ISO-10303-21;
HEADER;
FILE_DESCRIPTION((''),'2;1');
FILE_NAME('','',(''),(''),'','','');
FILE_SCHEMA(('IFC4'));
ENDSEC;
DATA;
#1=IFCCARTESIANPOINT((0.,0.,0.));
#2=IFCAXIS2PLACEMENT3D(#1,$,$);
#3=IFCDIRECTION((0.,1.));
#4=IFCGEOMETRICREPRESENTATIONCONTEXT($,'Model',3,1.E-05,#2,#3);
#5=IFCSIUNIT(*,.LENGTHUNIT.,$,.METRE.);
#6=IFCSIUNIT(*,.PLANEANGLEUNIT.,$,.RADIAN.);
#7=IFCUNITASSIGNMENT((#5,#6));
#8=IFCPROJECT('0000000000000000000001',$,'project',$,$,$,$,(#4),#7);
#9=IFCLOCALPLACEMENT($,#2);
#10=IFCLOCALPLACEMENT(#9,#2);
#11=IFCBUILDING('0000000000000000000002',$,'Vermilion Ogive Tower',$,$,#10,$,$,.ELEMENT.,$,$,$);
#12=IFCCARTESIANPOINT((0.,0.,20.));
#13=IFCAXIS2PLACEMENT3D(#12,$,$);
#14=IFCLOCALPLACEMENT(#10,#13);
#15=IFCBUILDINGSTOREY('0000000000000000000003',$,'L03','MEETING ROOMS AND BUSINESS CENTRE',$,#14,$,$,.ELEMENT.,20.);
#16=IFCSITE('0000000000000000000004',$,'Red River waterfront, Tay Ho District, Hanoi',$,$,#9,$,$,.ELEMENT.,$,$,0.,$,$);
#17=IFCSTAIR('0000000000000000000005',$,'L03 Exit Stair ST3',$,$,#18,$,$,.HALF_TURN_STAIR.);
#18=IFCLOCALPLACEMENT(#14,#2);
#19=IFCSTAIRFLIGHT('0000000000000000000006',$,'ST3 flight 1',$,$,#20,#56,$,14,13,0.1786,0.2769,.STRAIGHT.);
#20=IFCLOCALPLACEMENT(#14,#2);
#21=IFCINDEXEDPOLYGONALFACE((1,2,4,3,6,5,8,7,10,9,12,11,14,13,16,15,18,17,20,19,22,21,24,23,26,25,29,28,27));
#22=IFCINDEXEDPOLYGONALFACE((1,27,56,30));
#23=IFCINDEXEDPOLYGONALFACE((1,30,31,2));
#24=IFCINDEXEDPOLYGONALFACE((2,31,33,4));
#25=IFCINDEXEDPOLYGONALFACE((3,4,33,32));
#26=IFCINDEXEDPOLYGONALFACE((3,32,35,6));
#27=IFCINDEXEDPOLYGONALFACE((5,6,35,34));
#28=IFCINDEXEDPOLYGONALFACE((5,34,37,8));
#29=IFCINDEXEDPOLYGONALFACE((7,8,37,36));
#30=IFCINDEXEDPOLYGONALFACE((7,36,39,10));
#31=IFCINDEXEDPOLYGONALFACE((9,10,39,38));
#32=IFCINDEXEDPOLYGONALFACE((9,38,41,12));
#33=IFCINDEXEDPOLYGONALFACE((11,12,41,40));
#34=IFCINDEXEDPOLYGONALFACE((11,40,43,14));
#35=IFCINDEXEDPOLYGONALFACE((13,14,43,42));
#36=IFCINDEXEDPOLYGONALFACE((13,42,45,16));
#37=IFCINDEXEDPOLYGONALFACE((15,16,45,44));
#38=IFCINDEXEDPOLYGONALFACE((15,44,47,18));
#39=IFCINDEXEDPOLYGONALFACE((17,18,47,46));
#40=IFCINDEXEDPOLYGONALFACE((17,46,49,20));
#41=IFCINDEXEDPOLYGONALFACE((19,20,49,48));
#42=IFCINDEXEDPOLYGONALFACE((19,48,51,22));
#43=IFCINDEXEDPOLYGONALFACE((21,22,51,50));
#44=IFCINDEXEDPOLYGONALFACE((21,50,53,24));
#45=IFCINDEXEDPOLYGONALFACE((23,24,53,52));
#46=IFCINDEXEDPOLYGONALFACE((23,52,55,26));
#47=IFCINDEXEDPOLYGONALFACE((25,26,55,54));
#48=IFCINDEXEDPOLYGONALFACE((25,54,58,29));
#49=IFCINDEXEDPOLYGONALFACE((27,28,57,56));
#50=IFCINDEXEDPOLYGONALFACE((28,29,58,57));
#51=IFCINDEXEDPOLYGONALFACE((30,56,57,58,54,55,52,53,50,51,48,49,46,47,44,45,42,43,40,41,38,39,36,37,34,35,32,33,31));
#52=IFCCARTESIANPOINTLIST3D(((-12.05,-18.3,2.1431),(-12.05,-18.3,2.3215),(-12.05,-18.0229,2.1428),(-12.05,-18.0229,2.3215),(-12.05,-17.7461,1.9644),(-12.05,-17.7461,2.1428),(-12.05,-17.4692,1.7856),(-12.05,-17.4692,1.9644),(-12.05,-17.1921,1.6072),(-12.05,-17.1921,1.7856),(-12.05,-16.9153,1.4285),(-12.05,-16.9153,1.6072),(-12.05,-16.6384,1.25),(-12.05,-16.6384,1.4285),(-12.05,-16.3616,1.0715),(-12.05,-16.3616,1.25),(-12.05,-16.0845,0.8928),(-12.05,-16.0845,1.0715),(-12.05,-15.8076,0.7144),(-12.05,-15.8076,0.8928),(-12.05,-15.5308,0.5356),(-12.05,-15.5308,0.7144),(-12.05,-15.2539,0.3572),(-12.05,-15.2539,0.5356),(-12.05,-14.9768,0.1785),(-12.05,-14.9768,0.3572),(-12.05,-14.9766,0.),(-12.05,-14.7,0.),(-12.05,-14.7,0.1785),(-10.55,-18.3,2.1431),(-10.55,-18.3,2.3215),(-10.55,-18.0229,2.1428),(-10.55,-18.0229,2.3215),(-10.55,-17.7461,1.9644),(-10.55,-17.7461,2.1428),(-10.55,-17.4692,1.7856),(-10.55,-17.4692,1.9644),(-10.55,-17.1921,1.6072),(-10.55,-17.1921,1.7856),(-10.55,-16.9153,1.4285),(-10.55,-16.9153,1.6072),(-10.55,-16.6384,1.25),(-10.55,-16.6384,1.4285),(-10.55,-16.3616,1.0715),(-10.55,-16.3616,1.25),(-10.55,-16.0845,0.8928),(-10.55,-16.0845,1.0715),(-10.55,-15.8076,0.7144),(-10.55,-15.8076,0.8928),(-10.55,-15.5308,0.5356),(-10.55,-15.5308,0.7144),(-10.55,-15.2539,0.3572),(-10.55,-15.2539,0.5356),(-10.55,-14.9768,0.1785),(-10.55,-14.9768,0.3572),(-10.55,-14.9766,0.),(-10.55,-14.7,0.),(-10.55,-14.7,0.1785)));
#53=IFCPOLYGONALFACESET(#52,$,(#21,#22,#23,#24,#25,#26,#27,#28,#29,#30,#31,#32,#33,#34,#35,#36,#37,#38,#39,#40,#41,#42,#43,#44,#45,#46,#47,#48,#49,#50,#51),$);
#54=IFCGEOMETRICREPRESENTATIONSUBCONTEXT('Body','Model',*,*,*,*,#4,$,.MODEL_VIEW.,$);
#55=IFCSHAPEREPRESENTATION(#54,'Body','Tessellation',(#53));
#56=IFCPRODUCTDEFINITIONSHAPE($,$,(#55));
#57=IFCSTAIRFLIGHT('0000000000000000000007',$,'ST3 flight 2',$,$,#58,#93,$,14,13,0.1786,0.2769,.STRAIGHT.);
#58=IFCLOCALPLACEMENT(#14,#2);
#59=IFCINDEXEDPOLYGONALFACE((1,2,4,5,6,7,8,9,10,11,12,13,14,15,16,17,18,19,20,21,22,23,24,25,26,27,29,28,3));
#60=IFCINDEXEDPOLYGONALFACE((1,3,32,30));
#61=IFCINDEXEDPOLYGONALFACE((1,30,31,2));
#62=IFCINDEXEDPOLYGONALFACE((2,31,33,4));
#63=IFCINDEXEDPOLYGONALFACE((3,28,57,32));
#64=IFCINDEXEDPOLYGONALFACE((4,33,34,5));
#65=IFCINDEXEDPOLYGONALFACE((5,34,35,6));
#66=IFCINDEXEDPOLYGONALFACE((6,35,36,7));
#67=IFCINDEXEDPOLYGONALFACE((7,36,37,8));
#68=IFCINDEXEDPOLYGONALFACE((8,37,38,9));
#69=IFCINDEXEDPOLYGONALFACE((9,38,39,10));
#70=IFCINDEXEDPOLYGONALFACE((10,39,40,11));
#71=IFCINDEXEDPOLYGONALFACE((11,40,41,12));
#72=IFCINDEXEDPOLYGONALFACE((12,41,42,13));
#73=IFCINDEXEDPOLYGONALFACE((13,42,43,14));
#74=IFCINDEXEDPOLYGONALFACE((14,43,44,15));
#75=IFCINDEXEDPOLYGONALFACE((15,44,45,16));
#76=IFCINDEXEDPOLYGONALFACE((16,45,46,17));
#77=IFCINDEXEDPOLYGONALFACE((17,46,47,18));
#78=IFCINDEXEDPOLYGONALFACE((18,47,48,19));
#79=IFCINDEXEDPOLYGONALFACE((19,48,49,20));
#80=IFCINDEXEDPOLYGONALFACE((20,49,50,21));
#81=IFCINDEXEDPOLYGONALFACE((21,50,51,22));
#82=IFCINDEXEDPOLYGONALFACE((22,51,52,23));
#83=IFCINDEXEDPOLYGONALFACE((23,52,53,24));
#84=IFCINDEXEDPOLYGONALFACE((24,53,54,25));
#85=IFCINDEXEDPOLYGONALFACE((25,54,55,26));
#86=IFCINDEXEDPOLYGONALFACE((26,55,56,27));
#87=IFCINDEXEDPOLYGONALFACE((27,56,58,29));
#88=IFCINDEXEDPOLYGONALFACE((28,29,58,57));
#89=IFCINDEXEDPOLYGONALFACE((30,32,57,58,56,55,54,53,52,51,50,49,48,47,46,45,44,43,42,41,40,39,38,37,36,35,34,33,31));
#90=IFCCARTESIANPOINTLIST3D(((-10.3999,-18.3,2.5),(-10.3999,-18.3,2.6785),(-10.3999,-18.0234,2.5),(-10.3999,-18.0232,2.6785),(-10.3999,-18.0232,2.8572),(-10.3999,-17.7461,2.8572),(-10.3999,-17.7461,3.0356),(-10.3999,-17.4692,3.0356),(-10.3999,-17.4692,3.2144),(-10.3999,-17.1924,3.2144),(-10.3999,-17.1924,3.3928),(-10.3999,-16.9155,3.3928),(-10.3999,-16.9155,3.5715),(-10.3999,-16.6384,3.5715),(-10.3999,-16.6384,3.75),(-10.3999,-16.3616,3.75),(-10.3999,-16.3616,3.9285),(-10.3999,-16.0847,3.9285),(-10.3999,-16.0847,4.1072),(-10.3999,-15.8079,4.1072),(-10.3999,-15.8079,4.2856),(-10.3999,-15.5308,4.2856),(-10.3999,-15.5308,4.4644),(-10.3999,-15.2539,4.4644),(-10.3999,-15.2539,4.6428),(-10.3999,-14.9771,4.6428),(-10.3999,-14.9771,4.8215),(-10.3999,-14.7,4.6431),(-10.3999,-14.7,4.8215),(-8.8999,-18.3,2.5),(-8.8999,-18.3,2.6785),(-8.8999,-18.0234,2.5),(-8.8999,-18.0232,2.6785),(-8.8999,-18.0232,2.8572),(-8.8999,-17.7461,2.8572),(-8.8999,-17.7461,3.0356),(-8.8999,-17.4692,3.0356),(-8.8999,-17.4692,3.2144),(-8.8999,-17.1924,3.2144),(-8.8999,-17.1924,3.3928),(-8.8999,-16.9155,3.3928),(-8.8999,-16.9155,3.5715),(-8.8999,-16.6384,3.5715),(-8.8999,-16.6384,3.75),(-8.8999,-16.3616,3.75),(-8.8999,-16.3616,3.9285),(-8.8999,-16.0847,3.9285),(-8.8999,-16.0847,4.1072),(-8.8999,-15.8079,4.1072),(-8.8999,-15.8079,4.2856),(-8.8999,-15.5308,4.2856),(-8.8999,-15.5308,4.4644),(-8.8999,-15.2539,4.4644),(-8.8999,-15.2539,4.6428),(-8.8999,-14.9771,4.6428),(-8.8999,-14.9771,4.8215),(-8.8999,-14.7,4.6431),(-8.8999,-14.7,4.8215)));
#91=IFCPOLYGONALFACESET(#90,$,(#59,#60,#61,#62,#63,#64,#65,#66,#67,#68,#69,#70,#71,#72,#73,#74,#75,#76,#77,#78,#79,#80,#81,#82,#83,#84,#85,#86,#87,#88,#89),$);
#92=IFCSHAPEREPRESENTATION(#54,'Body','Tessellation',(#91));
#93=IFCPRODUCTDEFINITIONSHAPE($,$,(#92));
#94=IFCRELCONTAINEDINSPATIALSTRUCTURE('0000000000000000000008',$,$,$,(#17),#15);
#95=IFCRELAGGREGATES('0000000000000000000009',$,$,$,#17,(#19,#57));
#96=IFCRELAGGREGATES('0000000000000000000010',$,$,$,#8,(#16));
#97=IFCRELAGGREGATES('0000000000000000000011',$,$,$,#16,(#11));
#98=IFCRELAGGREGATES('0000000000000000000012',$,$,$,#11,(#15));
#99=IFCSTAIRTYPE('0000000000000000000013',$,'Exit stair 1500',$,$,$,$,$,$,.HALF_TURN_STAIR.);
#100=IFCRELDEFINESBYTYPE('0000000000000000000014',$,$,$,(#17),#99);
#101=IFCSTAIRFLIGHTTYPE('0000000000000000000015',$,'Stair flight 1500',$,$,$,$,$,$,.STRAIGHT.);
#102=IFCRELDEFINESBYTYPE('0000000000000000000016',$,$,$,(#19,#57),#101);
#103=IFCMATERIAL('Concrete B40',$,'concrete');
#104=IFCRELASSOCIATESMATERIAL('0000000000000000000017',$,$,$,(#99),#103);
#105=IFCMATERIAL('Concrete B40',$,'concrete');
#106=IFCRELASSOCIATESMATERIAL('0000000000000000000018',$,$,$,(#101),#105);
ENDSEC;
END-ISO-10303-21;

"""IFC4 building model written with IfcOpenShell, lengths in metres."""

from ifc_helpers import new_model, si_unit, direction, frame, origin, place, context, subcontext, project, spatial, polyline, outline, extrude, material, type_object, element, aggregate, save


model = new_model("IFC4")

# Units and contexts
model_context = context("Model", 3, precision=1e-05, world=origin(), true_north=direction((0.0, 1.0)))
body_context = subcontext(model_context, "Body", "Model", "MODEL_VIEW")
ifc_project = project(units=[si_unit("LENGTHUNIT", "METRE"), si_unit("PLANEANGLEUNIT", "RADIAN")], contexts=[model_context])

# Site, building, storey
site_placement = place(None, origin())
site = spatial("IfcSite", under=ifc_project, at=site_placement, Name="Red River waterfront, Tay Ho District, Hanoi", CompositionType="ELEMENT", RefElevation=0.0)
building_placement = place(site_placement, origin())
building = spatial("IfcBuilding", under=site, at=building_placement, Name="Vermilion Ogive Tower", CompositionType="ELEMENT")
storey_placement = place(building_placement, frame((0.0, 0.0, 20.0)))
storey = spatial("IfcBuildingStorey", under=building, at=storey_placement, Name="L03", Description="MEETING ROOMS AND BUSINESS CENTRE", CompositionType="ELEMENT", Elevation=20.0)

# Stair, stair flights
ifc_material_1 = material(Name="Concrete B40", Category="concrete")
stair_type = type_object("IfcStairType", Name="Exit stair 1500", PredefinedType="HALF_TURN_STAIR", material=ifc_material_1)
stair_placement = place(storey_placement, origin())
stair = element("IfcStair", 1, at=stair_placement, inside=storey, type_object=stair_type, Name="L03 Exit Stair ST3", PredefinedType="HALF_TURN_STAIR")
ifc_material_2 = material(Name="Concrete B40", Category="concrete")
stair_flight_type = type_object("IfcStairFlightType", Name="Stair flight 1500", PredefinedType="STRAIGHT", material=ifc_material_2)
stair_flight_1_placement = place(storey_placement, frame((-11.3, -14.7, 0.0), z_axis=(0.0, 0.0, 1.0), x_axis=(0.0, -1.0, 0.0)))
stair_flight_1 = element("IfcStairFlight", 2, at=stair_flight_1_placement, type_object=stair_flight_type, Name="ST3 flight 1", NumberOfRisers=14, NumberOfTreads=13, PredefinedType="STRAIGHT", RiserHeight=0.1786, TreadLength=0.2769, context=body_context, shape_type="SweptSolid", body=[
    extrude(outline(polyline([(0.0, 0.0), (0.0, 0.1785), (0.2769, 0.1785), (0.2769, 0.3572), (0.554, 0.3572), (0.554, 0.5356), (0.8308, 0.5356), (0.8308, 0.7144), (1.1077, 0.7144), (1.1077, 0.8928), (1.3845, 0.8928), (1.3845, 1.0715), (1.6616, 1.0715), (1.6616, 1.25), (1.9385, 1.25), (1.9385, 1.4285), (2.2153, 1.4285), (2.2153, 1.6072), (2.4922, 1.6072), (2.4922, 1.7856), (2.7693, 1.7856), (2.7693, 1.9644), (3.0461, 1.9644), (3.0461, 2.1428), (3.323, 2.1428), (3.323, 2.3215), (3.6001, 2.3215), (3.6001, 2.5), (3.6001, 2.1431), (0.2766, 0.0), (0.0, 0.0)])), frame((0.0, 0.75, 0.0), z_axis=(0.0, -1.0, 0.0), x_axis=(1.0, 0.0, 0.0)), (0.0, 0.0, 1.0), 1.5),
])
stair_flight_2_placement = place(storey_placement, frame((-9.6499, -18.3, 2.5), z_axis=(0.0, 0.0, 1.0), x_axis=(0.0, 1.0, 0.0)))
stair_flight_2 = element("IfcStairFlight", 3, at=stair_flight_2_placement, type_object=stair_flight_type, Name="ST3 flight 2", NumberOfRisers=14, NumberOfTreads=13, PredefinedType="STRAIGHT", RiserHeight=0.1786, TreadLength=0.2769, context=body_context, shape_type="SweptSolid", body=[
    extrude(outline(polyline([(0.0, 0.0), (0.0, 0.1785), (0.2769, 0.1785), (0.2769, 0.3572), (0.554, 0.3572), (0.554, 0.5356), (0.8308, 0.5356), (0.8308, 0.7144), (1.1077, 0.7144), (1.1077, 0.8928), (1.3845, 0.8928), (1.3845, 1.0715), (1.6616, 1.0715), (1.6616, 1.25), (1.9385, 1.25), (1.9385, 1.4285), (2.2153, 1.4285), (2.2153, 1.6072), (2.4922, 1.6072), (2.4922, 1.7856), (2.7693, 1.7856), (2.7693, 1.9644), (3.0461, 1.9644), (3.0461, 2.1428), (3.323, 2.1428), (3.323, 2.3215), (3.6001, 2.3215), (3.6001, 2.5), (3.6001, 2.1431), (0.2766, 0.0), (0.0, 0.0)])), frame((0.0, 0.75, 0.0), z_axis=(0.0, -1.0, 0.0), x_axis=(1.0, 0.0, 0.0)), (0.0, 0.0, 1.0), 1.5),
])
aggregate(stair, [stair_flight_1, stair_flight_2])

save(model, "model.ifc")
